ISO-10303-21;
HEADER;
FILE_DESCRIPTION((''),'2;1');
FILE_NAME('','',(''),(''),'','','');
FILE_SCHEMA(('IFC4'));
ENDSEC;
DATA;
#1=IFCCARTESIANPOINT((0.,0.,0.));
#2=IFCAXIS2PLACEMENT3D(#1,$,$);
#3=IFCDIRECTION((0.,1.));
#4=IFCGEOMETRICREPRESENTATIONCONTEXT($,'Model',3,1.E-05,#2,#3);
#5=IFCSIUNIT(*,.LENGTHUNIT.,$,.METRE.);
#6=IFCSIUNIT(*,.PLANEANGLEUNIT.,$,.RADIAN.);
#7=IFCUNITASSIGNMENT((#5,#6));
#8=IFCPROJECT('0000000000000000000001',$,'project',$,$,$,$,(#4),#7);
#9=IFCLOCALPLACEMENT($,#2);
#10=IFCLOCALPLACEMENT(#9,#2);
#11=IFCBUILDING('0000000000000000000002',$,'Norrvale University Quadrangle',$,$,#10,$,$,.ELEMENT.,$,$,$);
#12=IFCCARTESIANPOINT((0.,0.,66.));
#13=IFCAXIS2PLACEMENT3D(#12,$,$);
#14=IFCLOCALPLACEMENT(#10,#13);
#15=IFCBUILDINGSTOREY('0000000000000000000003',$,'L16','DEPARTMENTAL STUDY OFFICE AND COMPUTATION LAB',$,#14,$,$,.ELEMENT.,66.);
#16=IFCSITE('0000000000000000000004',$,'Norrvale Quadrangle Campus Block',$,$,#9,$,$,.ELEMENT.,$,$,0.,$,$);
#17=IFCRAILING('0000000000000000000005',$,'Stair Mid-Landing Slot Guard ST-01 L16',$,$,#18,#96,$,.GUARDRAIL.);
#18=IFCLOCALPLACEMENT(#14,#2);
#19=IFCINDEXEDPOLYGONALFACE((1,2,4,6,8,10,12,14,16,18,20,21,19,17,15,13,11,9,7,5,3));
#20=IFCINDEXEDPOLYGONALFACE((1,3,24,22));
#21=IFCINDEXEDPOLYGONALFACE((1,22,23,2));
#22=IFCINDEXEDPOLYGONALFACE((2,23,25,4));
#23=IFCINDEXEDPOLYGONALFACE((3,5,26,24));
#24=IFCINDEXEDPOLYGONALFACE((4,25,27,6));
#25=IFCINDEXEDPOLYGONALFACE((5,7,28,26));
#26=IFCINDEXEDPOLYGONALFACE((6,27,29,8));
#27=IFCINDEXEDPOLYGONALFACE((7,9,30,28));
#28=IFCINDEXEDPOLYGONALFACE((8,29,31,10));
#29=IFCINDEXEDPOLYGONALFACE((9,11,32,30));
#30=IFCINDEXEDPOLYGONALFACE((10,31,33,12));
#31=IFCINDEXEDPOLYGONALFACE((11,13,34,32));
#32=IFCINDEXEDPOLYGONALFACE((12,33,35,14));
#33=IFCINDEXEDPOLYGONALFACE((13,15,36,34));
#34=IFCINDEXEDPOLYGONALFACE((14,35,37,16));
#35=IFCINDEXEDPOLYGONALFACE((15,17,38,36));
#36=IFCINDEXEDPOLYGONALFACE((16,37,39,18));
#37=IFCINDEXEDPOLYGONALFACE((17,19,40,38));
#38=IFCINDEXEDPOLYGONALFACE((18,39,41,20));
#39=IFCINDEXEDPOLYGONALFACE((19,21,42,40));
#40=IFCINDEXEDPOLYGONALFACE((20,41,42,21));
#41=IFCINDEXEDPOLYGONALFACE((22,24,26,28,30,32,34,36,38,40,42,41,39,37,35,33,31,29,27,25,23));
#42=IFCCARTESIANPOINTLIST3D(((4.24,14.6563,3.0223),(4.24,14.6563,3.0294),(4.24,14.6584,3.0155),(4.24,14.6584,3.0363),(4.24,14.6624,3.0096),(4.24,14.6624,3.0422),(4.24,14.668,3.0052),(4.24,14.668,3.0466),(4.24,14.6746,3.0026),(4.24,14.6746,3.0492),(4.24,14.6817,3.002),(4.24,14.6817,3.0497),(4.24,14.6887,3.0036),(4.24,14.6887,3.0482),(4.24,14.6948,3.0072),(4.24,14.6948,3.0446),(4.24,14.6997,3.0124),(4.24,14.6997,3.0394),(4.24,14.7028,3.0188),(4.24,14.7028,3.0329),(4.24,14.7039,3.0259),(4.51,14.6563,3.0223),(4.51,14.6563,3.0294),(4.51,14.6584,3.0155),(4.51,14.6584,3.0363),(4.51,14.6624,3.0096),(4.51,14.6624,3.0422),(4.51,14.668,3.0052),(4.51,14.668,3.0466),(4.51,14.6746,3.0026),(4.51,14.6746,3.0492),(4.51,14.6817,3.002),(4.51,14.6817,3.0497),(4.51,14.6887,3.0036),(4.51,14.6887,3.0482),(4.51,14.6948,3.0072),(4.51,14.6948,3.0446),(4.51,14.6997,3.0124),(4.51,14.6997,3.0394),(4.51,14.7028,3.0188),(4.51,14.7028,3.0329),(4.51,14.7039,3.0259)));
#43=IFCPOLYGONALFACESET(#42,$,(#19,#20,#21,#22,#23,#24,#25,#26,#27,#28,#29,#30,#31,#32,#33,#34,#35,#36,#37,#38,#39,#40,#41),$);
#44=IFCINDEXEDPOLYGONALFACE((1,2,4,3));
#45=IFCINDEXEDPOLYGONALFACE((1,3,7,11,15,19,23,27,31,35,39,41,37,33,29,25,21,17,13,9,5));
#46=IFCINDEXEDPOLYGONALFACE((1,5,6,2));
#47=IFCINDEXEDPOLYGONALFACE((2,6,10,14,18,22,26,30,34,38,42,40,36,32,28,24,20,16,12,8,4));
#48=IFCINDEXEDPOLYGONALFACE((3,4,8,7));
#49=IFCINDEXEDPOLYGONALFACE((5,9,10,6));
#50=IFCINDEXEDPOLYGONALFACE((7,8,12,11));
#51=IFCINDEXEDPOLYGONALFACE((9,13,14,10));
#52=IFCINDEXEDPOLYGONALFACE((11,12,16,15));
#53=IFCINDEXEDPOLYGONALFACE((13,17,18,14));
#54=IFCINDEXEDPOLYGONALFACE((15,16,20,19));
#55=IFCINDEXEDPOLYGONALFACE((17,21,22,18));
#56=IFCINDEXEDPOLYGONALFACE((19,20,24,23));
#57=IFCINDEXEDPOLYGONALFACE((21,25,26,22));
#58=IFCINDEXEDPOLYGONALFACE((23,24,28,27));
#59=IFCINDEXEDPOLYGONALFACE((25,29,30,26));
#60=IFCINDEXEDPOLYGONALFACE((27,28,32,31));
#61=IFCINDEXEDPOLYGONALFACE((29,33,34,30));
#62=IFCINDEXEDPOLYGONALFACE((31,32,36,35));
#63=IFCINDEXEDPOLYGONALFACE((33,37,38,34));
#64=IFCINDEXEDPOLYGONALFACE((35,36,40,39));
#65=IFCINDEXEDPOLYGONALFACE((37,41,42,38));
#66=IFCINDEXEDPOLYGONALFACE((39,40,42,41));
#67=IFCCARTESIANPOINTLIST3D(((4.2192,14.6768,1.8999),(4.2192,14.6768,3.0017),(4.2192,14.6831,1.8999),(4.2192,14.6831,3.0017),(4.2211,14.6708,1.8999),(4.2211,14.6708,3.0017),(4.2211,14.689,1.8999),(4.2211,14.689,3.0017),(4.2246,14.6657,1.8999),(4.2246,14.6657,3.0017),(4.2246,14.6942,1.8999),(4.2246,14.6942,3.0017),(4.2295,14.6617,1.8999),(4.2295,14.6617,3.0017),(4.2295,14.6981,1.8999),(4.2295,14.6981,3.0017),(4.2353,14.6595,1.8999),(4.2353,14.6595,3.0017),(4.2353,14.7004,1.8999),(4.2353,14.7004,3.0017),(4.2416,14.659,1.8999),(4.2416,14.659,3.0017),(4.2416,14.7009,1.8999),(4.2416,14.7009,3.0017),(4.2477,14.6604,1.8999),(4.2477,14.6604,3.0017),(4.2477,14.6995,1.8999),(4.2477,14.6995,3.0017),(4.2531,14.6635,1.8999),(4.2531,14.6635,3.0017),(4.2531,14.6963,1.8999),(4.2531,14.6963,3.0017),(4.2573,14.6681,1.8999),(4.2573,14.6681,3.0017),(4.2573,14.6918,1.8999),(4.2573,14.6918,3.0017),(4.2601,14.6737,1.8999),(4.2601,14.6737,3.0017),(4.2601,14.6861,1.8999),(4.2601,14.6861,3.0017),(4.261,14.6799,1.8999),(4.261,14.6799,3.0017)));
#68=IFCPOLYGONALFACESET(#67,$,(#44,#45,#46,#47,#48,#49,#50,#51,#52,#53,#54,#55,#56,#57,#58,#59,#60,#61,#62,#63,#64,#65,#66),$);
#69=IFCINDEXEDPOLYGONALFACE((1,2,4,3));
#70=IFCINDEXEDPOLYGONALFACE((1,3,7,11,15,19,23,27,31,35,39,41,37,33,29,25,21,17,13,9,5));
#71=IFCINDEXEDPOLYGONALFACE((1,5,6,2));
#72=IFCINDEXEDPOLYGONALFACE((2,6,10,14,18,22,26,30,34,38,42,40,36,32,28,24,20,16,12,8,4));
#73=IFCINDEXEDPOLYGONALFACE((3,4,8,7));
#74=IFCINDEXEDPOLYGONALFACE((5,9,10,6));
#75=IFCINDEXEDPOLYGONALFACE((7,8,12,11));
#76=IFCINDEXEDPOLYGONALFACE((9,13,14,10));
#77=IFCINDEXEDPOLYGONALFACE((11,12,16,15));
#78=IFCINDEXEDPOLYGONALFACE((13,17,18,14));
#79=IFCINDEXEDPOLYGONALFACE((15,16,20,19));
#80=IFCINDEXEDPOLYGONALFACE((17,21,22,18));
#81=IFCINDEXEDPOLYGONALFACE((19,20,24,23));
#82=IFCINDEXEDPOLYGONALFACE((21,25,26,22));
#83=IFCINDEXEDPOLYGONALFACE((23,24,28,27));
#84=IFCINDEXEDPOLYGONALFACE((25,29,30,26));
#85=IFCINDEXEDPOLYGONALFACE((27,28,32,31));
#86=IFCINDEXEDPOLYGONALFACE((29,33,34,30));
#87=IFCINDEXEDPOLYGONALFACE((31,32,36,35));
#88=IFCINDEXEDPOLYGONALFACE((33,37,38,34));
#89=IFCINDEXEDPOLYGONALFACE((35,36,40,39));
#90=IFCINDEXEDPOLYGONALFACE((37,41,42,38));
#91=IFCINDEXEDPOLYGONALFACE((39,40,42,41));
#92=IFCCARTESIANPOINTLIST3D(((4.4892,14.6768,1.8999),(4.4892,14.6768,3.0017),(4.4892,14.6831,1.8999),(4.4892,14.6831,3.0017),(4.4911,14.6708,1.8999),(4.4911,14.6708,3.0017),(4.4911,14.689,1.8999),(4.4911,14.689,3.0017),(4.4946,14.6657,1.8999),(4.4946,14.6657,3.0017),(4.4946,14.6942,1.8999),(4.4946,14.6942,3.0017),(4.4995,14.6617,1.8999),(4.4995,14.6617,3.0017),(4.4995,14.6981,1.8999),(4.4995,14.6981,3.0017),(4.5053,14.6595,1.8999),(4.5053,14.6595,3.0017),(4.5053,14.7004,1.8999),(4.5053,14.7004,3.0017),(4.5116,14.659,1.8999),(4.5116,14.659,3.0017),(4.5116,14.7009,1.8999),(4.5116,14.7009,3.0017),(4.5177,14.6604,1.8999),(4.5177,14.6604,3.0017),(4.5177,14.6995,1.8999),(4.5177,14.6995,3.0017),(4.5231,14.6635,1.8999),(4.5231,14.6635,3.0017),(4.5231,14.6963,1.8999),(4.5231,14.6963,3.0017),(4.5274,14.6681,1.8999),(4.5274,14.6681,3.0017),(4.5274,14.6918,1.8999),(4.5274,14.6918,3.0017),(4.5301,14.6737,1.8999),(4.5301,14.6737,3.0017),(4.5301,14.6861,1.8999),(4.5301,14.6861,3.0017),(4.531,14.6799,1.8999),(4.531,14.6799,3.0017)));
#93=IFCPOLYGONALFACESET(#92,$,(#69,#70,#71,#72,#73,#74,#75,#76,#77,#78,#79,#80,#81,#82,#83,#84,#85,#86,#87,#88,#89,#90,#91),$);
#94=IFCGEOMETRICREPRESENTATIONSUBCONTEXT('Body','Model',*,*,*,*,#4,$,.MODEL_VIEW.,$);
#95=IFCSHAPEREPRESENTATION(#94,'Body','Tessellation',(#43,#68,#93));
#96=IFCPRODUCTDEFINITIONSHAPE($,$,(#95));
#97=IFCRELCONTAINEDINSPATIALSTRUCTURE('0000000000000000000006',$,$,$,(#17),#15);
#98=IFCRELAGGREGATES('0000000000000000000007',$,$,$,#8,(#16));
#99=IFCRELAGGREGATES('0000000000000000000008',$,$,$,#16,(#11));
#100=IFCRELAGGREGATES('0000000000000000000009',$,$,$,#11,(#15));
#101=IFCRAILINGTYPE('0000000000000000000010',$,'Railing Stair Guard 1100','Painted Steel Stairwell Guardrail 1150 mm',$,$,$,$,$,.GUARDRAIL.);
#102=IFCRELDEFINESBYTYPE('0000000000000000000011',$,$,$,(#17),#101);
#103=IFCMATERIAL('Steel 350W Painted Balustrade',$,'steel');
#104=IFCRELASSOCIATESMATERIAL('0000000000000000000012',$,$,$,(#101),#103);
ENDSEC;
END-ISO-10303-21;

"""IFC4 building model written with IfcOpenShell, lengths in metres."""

from ifc_helpers import new_model, si_unit, direction, frame, origin, origin_2d, place, context, subcontext, project, spatial, circle, extrude, material, type_object, element, save


model = new_model("IFC4")

# Units and contexts
model_context = context("Model", 3, precision=1e-05, world=origin(), true_north=direction((0.0, 1.0)))
body_context = subcontext(model_context, "Body", "Model", "MODEL_VIEW")
ifc_project = project(units=[si_unit("LENGTHUNIT", "METRE"), si_unit("PLANEANGLEUNIT", "RADIAN")], contexts=[model_context])

# Site, building, storey
site_placement = place(None, origin())
site = spatial("IfcSite", under=ifc_project, at=site_placement, Name="Norrvale Quadrangle Campus Block", CompositionType="ELEMENT", RefElevation=0.0)
building_placement = place(site_placement, origin())
building = spatial("IfcBuilding", under=site, at=building_placement, Name="Norrvale University Quadrangle", CompositionType="ELEMENT")
storey_placement = place(building_placement, frame((0.0, 0.0, 66.0)))
storey = spatial("IfcBuildingStorey", under=building, at=storey_placement, Name="L16", Description="DEPARTMENTAL STUDY OFFICE AND COMPUTATION LAB", CompositionType="ELEMENT", Elevation=66.0)

# Railing
ifc_material_1 = material(Name="Steel 350W Painted Balustrade", Category="steel")
railing_type_1 = type_object("IfcRailingType", Name="Railing Stair Guard 1100", Description="Painted Steel Stairwell Guardrail 1150 mm", PredefinedType="GUARDRAIL", material=ifc_material_1)
railing_1_placement = place(storey_placement, frame((4.24, 14.6799, 1.8999)))
element("IfcRailing", 1, at=railing_1_placement, inside=storey, type_object=railing_type_1, Name="Stair Mid-Landing Slot Guard ST-01 L16", PredefinedType="GUARDRAIL", context=body_context, shape_type="SweptSolid", body=[
    extrude(circle(Radius=0.0239, at=origin_2d()), frame((0.0, 0.0, 1.126), z_axis=(1.0, 0.0, 0.0), x_axis=(0.0, 1.0, 0.0)), (0.0, 0.0, 1.0), 0.27),
    extrude(circle(Radius=0.021, at=origin_2d()), origin(), (0.0, 0.0, 1.0), 1.1018),
    extrude(circle(Radius=0.021, at=origin_2d()), frame((0.27, 0.0, 0.0)), (0.0, 0.0, 1.0), 1.1018),
])

save(model, "model.ifc")
